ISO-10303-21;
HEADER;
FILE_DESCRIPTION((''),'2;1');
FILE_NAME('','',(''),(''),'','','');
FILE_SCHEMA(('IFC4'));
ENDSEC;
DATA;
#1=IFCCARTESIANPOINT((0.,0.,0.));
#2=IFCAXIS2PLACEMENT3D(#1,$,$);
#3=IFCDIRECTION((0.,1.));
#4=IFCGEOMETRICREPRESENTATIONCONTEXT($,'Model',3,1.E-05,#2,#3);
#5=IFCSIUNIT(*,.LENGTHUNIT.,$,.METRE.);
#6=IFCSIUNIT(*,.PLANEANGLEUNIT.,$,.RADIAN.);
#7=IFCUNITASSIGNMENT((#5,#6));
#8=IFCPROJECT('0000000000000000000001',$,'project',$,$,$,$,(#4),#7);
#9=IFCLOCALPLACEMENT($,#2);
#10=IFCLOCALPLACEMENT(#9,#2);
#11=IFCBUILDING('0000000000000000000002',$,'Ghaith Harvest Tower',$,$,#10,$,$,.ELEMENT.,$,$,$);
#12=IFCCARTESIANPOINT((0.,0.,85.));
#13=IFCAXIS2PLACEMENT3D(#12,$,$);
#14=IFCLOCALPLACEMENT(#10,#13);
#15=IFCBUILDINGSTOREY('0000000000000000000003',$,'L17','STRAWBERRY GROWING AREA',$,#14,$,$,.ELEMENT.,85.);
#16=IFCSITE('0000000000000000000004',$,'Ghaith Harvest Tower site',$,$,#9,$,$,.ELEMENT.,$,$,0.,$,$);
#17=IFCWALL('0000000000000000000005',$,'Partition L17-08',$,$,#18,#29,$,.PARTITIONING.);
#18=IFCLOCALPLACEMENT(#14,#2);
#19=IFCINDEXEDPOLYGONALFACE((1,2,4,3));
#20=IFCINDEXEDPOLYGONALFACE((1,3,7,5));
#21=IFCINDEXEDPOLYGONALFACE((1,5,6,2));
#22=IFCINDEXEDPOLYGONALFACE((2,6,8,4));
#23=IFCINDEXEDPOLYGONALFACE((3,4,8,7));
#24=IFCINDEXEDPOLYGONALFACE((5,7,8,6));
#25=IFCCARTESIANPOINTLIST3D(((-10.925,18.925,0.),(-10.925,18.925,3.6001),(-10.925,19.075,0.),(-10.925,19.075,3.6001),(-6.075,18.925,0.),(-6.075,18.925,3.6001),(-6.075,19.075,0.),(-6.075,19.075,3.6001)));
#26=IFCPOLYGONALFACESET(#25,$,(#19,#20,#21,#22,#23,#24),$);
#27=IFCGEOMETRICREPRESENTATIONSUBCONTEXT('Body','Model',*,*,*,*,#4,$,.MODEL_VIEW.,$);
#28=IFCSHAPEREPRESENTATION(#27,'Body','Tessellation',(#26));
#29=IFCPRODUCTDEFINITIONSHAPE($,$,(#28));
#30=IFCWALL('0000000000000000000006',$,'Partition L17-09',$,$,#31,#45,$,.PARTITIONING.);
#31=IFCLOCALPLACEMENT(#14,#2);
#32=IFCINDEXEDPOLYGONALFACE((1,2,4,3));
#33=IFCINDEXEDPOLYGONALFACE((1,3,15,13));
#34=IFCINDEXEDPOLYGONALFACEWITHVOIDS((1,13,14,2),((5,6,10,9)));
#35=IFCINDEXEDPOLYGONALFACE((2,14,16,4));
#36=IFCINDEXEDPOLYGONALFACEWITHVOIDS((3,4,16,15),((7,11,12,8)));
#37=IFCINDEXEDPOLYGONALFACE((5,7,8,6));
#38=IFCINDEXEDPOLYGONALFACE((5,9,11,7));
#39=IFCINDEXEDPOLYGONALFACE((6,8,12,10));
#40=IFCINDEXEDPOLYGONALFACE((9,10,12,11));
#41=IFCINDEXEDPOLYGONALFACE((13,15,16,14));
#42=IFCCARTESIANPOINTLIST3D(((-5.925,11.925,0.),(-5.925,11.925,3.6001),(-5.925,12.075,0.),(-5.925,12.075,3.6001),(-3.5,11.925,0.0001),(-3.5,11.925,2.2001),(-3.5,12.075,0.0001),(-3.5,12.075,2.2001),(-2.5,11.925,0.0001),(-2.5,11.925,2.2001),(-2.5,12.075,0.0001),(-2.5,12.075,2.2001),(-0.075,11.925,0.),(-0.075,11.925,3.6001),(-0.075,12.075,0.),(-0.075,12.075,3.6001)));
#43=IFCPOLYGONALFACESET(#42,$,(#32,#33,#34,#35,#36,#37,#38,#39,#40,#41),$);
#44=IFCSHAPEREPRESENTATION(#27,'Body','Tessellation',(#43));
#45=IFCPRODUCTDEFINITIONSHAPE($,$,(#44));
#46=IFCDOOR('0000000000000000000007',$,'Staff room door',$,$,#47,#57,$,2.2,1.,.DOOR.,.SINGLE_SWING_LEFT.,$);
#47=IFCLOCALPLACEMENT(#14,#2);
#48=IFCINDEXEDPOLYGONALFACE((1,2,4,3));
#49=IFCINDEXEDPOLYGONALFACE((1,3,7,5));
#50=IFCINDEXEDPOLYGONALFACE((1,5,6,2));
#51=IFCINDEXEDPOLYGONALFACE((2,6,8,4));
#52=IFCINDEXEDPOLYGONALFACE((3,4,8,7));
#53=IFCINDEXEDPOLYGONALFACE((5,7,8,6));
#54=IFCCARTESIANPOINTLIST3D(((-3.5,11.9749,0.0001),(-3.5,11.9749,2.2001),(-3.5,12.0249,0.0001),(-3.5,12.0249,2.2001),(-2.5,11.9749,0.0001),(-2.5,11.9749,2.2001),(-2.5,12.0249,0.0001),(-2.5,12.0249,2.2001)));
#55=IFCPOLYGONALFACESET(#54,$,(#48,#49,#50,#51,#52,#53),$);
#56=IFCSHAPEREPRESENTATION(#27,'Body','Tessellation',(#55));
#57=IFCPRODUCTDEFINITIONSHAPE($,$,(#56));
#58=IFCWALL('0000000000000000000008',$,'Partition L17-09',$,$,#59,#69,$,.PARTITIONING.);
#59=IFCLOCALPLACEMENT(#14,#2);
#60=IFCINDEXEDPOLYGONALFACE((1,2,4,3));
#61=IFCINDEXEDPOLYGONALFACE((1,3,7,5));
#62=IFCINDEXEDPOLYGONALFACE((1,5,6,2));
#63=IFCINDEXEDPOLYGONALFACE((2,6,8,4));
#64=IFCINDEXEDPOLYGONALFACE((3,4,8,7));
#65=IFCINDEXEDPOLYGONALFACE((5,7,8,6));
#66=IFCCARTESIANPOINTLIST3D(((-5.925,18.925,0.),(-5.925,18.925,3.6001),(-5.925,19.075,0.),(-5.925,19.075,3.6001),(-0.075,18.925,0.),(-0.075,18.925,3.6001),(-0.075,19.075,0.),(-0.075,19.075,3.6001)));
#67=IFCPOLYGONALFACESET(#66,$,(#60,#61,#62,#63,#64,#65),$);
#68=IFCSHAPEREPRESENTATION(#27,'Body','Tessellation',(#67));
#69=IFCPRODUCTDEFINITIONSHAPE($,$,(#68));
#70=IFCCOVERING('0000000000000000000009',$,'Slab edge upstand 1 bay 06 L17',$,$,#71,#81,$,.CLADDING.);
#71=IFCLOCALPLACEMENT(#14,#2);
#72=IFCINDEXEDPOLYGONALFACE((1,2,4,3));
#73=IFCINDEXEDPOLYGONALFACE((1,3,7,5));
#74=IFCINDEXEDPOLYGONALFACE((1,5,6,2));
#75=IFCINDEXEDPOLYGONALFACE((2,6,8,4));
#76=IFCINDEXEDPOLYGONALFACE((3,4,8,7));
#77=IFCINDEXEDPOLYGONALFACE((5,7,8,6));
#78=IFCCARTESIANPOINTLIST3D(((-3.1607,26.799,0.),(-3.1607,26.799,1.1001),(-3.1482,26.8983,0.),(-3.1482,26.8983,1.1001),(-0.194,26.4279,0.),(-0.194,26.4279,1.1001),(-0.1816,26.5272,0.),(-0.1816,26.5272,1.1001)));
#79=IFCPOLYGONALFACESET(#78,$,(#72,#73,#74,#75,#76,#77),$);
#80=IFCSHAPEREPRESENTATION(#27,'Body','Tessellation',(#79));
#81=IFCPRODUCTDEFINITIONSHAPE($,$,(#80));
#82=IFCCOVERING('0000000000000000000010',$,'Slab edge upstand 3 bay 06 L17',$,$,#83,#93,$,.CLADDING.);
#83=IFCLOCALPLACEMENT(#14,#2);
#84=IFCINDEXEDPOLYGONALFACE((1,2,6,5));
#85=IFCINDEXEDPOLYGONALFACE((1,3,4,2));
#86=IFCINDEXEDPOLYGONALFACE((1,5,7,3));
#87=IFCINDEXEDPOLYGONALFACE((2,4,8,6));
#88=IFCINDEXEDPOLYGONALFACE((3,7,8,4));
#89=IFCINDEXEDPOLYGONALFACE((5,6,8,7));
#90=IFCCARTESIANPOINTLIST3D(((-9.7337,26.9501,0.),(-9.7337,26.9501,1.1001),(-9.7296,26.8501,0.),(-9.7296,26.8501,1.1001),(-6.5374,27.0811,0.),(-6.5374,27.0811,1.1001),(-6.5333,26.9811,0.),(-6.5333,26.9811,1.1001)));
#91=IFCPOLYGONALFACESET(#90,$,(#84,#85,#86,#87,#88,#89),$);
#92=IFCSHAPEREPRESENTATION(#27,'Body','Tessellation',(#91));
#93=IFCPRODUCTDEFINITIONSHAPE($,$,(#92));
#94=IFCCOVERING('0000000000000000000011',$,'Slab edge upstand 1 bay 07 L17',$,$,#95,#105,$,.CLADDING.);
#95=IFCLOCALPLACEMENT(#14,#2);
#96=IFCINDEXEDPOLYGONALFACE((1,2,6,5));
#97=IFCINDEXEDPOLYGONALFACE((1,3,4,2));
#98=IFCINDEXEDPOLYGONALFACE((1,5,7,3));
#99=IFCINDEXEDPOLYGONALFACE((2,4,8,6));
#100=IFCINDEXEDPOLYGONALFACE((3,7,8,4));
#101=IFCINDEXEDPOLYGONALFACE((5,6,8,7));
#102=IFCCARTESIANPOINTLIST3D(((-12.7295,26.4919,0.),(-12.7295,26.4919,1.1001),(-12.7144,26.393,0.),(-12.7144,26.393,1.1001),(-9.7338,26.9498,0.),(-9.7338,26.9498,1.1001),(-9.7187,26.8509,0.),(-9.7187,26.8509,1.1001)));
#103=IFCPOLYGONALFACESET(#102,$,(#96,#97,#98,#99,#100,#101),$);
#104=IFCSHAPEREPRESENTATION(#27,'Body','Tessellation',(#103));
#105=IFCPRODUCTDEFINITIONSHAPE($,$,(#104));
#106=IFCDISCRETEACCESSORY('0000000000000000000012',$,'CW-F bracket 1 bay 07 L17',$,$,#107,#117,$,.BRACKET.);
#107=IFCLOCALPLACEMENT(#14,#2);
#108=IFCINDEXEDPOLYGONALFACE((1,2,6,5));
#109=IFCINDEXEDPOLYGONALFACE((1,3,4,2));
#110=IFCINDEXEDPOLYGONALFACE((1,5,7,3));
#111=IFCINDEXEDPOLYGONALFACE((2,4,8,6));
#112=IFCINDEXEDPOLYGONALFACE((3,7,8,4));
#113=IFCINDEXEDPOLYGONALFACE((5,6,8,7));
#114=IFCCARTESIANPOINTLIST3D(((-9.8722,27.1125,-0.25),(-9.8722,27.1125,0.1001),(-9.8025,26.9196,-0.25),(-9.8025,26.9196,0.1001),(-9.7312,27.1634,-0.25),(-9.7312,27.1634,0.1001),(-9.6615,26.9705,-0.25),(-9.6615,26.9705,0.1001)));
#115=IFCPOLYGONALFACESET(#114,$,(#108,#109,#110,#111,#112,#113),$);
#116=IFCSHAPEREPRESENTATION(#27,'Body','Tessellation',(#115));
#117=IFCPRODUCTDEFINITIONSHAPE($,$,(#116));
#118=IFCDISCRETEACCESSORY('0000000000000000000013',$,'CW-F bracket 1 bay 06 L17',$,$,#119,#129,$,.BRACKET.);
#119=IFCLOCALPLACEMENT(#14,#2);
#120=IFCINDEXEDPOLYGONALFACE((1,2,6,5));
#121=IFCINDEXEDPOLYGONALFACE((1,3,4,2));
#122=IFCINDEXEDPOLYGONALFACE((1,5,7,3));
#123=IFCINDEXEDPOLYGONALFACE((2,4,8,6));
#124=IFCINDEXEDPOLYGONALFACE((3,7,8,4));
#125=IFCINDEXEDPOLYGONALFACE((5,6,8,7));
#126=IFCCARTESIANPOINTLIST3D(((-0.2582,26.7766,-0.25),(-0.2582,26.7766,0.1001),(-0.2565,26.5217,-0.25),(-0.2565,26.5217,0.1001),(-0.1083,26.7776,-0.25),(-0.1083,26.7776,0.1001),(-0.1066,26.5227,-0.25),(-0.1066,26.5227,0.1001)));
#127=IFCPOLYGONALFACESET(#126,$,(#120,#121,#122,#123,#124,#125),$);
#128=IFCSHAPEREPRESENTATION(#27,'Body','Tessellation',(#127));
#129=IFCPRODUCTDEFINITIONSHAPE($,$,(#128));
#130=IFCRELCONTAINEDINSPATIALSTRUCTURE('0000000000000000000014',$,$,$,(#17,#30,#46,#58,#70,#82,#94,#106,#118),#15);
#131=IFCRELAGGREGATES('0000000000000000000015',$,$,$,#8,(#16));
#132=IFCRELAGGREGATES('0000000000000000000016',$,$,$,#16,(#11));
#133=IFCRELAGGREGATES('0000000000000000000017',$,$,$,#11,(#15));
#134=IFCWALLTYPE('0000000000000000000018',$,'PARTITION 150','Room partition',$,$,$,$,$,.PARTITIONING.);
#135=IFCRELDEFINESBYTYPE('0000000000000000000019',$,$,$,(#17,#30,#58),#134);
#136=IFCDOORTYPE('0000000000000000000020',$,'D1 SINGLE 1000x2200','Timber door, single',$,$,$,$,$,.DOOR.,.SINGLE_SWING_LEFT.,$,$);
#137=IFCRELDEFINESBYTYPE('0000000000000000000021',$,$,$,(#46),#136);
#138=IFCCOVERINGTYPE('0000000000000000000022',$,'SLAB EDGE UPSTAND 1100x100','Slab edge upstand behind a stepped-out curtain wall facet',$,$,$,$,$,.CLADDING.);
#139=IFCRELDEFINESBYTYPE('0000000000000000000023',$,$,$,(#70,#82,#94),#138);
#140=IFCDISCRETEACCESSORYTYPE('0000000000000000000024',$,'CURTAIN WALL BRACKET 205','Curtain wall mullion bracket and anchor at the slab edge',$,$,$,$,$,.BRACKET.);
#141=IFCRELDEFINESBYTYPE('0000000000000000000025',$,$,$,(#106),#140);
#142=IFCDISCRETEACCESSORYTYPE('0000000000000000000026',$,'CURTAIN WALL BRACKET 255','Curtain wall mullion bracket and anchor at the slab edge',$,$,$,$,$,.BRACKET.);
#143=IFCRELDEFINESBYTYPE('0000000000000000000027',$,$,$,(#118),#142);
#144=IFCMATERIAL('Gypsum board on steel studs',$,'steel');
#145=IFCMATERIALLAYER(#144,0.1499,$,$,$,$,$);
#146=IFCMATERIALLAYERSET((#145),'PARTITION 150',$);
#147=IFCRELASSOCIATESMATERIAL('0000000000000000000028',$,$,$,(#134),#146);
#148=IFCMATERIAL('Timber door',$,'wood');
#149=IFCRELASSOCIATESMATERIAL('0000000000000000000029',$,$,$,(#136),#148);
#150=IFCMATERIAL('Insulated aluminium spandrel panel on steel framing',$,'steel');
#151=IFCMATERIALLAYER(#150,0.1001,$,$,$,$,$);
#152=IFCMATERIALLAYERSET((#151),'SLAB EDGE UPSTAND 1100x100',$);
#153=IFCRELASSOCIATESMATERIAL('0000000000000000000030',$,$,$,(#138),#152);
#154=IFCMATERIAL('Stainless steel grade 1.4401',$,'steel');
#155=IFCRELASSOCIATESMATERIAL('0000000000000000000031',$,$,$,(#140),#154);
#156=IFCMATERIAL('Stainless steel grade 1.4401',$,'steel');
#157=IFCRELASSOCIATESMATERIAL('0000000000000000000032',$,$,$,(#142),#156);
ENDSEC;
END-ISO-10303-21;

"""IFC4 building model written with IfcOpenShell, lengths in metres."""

from ifc_helpers import new_model, si_unit, direction, frame, frame_2d, origin, origin_2d, place, context, subcontext, project, spatial, rectangle, extrude, material, layer, layer_set, type_object, element, fill, save


model = new_model("IFC4")

# Units and contexts
model_context = context("Model", 3, precision=1e-05, world=origin(), true_north=direction((0.0, 1.0)))
body_context = subcontext(model_context, "Body", "Model", "MODEL_VIEW")
ifc_project = project(units=[si_unit("LENGTHUNIT", "METRE"), si_unit("PLANEANGLEUNIT", "RADIAN")], contexts=[model_context])

# Site, building, storey
site_placement = place(None, origin())
site = spatial("IfcSite", under=ifc_project, at=site_placement, Name="Ghaith Harvest Tower site", CompositionType="ELEMENT", RefElevation=0.0)
building_placement = place(site_placement, origin())
building = spatial("IfcBuilding", under=site, at=building_placement, Name="Ghaith Harvest Tower", CompositionType="ELEMENT")
storey_placement = place(building_placement, frame((0.0, 0.0, 85.0)))
storey = spatial("IfcBuildingStorey", under=building, at=storey_placement, Name="L17", Description="STRAWBERRY GROWING AREA", CompositionType="ELEMENT", Elevation=85.0)

# Shared definitions
ifc_material_1 = material(Name="Gypsum board on steel studs", Category="steel")
ifc_layer_1 = layer(ifc_material_1, 0.1499)
ifc_layer_set_1 = layer_set([ifc_layer_1], Name="PARTITION 150")
wall_type = type_object("IfcWallType", Name="PARTITION 150", Description="Room partition", PredefinedType="PARTITIONING", material=ifc_layer_set_1)

# Wall
wall_1_placement = place(storey_placement, frame((-10.925, 19.0, 0.0), z_axis=(0.0, 0.0, 1.0), x_axis=(1.0, 0.0, 0.0)))
element("IfcWall", 1, at=wall_1_placement, inside=storey, type_object=wall_type, Name="Partition L17-08", PredefinedType="PARTITIONING", context=body_context, shape_type="SweptSolid", body=[
    extrude(rectangle(XDim=4.8501, YDim=0.1499, at=frame_2d((2.425, 0.0))), origin(), (0.0, 0.0, 1.0), 3.6001),
])

# Wall, opening, door
wall_2_placement = place(storey_placement, frame((-5.925, 12.0, 0.0), z_axis=(0.0, 0.0, 1.0), x_axis=(1.0, 0.0, 0.0)))
wall_2 = element("IfcWall", 2, at=wall_2_placement, inside=storey, type_object=wall_type, Name="Partition L17-09", PredefinedType="PARTITIONING", context=body_context, shape_type="SweptSolid", body=[
    extrude(rectangle(XDim=5.8501, YDim=0.1499, at=frame_2d((2.925, 0.0))), origin(), (0.0, 0.0, 1.0), 3.6001),
])
opening_1_placement = place(wall_2_placement, frame((2.425, 0.0, 0.0)))
opening_1 = element("IfcOpeningElement", 3, at=opening_1_placement, cuts=wall_2, PredefinedType="OPENING", context=body_context, shape_type="SweptSolid", body=[
    extrude(rectangle(XDim=1.0, YDim=2.2, at=frame_2d((0.5, 1.1001))), frame((0.0, 0.085, 0.0), z_axis=(0.0, -1.0, 0.0), x_axis=(1.0, 0.0, 0.0)), (0.0, 0.0, 1.0), 0.1699),
])
ifc_material_2 = material(Name="Timber door", Category="wood")
door_type_1 = type_object("IfcDoorType", Name="D1 SINGLE 1000x2200", Description="Timber door, single", OperationType="SINGLE_SWING_LEFT", PredefinedType="DOOR", material=ifc_material_2)
door_1_placement = place(opening_1_placement, origin())
door_1 = element("IfcDoor", 4, at=door_1_placement, inside=storey, type_object=door_type_1, Name="Staff room door", OperationType="SINGLE_SWING_LEFT", OverallHeight=2.2, OverallWidth=1.0, PredefinedType="DOOR", context=body_context, shape_type="SweptSolid", body=[
    extrude(rectangle(XDim=1.0, YDim=2.2, at=frame_2d((0.5, 1.1001))), frame((0.0, 0.0249, 0.0), z_axis=(0.0, -1.0, 0.0), x_axis=(1.0, 0.0, 0.0)), (0.0, 0.0, 1.0), 0.05),
])
fill(opening_1, door_1)

# Wall
wall_3_placement = place(storey_placement, frame((-5.925, 19.0, 0.0), z_axis=(0.0, 0.0, 1.0), x_axis=(1.0, 0.0, 0.0)))
element("IfcWall", 5, at=wall_3_placement, inside=storey, type_object=wall_type, Name="Partition L17-09", PredefinedType="PARTITIONING", context=body_context, shape_type="SweptSolid", body=[
    extrude(rectangle(XDim=5.8501, YDim=0.1499, at=frame_2d((2.925, 0.0))), origin(), (0.0, 0.0, 1.0), 3.6001),
])

# Coverings
ifc_material_3 = material(Name="Insulated aluminium spandrel panel on steel framing", Category="steel")
ifc_layer_2 = layer(ifc_material_3, 0.1001)
ifc_layer_set_2 = layer_set([ifc_layer_2], Name="SLAB EDGE UPSTAND 1100x100")
covering_type = type_object("IfcCoveringType", Name="SLAB EDGE UPSTAND 1100x100", Description="Slab edge upstand behind a stepped-out curtain wall facet", PredefinedType="CLADDING", material=ifc_layer_set_2)
covering_1_placement = place(storey_placement, frame((-1.6711, 26.6631, 0.0), z_axis=(0.0, 0.0, 1.0), x_axis=(-0.992265, 0.124139, 0.0)))
element("IfcCovering", 6, at=covering_1_placement, inside=storey, type_object=covering_type, Name="Slab edge upstand 1 bay 06 L17", PredefinedType="CLADDING", context=body_context, shape_type="SweptSolid", body=[
    extrude(rectangle(XDim=2.9897, YDim=0.1001, at=origin_2d()), origin(), (0.0, 0.0, 1.0), 1.1001),
])
covering_2_placement = place(storey_placement, frame((-8.1335, 26.9656, 0.0), z_axis=(0.0, 0.0, 1.0), x_axis=(-0.999161, -0.040957, 0.0)))
element("IfcCovering", 7, at=covering_2_placement, inside=storey, type_object=covering_type, Name="Slab edge upstand 3 bay 06 L17", PredefinedType="CLADDING", context=body_context, shape_type="SweptSolid", body=[
    extrude(rectangle(XDim=3.199, YDim=0.1001, at=origin_2d()), origin(), (0.0, 0.0, 1.0), 1.1001),
])
covering_3_placement = place(storey_placement, frame((-11.2241, 26.6714, 0.0), z_axis=(0.0, 0.0, 1.0), x_axis=(-0.988518, -0.151104, 0.0)))
element("IfcCovering", 8, at=covering_3_placement, inside=storey, type_object=covering_type, Name="Slab edge upstand 1 bay 07 L17", PredefinedType="CLADDING", context=body_context, shape_type="SweptSolid", body=[
    extrude(rectangle(XDim=3.0305, YDim=0.1001, at=origin_2d()), origin(), (0.0, 0.0, 1.0), 1.1001),
])

# Discrete accessories
ifc_material_4 = material(Name="Stainless steel grade 1.4401", Category="steel")
discrete_accessory_type_1 = type_object("IfcDiscreteAccessoryType", Name="CURTAIN WALL BRACKET 205", Description="Curtain wall mullion bracket and anchor at the slab edge", PredefinedType="BRACKET", material=ifc_material_4)
discrete_accessory_1_placement = place(storey_placement, frame((-9.7668, 27.0415, -0.25), z_axis=(0.0, 0.0, 1.0), x_axis=(-0.339699, 0.940534, 0.0)))
element("IfcDiscreteAccessory", 9, at=discrete_accessory_1_placement, inside=storey, type_object=discrete_accessory_type_1, Name="CW-F bracket 1 bay 07 L17", PredefinedType="BRACKET", context=body_context, shape_type="SweptSolid", body=[
    extrude(rectangle(XDim=0.2051, YDim=0.1499, at=origin_2d()), origin(), (0.0, 0.0, 1.0), 0.3501),
])
ifc_material_5 = material(Name="Stainless steel grade 1.4401", Category="steel")
discrete_accessory_type_2 = type_object("IfcDiscreteAccessoryType", Name="CURTAIN WALL BRACKET 255", Description="Curtain wall mullion bracket and anchor at the slab edge", PredefinedType="BRACKET", material=ifc_material_5)
discrete_accessory_2_placement = place(storey_placement, frame((-0.1824, 26.6497, -0.25), z_axis=(0.0, 0.0, 1.0), x_axis=(-0.006844, 0.999977, 0.0)))
element("IfcDiscreteAccessory", 10, at=discrete_accessory_2_placement, inside=storey, type_object=discrete_accessory_type_2, Name="CW-F bracket 1 bay 06 L17", PredefinedType="BRACKET", context=body_context, shape_type="SweptSolid", body=[
    extrude(rectangle(XDim=0.2549, YDim=0.1499, at=origin_2d()), origin(), (0.0, 0.0, 1.0), 0.3501),
])

save(model, "model.ifc")
